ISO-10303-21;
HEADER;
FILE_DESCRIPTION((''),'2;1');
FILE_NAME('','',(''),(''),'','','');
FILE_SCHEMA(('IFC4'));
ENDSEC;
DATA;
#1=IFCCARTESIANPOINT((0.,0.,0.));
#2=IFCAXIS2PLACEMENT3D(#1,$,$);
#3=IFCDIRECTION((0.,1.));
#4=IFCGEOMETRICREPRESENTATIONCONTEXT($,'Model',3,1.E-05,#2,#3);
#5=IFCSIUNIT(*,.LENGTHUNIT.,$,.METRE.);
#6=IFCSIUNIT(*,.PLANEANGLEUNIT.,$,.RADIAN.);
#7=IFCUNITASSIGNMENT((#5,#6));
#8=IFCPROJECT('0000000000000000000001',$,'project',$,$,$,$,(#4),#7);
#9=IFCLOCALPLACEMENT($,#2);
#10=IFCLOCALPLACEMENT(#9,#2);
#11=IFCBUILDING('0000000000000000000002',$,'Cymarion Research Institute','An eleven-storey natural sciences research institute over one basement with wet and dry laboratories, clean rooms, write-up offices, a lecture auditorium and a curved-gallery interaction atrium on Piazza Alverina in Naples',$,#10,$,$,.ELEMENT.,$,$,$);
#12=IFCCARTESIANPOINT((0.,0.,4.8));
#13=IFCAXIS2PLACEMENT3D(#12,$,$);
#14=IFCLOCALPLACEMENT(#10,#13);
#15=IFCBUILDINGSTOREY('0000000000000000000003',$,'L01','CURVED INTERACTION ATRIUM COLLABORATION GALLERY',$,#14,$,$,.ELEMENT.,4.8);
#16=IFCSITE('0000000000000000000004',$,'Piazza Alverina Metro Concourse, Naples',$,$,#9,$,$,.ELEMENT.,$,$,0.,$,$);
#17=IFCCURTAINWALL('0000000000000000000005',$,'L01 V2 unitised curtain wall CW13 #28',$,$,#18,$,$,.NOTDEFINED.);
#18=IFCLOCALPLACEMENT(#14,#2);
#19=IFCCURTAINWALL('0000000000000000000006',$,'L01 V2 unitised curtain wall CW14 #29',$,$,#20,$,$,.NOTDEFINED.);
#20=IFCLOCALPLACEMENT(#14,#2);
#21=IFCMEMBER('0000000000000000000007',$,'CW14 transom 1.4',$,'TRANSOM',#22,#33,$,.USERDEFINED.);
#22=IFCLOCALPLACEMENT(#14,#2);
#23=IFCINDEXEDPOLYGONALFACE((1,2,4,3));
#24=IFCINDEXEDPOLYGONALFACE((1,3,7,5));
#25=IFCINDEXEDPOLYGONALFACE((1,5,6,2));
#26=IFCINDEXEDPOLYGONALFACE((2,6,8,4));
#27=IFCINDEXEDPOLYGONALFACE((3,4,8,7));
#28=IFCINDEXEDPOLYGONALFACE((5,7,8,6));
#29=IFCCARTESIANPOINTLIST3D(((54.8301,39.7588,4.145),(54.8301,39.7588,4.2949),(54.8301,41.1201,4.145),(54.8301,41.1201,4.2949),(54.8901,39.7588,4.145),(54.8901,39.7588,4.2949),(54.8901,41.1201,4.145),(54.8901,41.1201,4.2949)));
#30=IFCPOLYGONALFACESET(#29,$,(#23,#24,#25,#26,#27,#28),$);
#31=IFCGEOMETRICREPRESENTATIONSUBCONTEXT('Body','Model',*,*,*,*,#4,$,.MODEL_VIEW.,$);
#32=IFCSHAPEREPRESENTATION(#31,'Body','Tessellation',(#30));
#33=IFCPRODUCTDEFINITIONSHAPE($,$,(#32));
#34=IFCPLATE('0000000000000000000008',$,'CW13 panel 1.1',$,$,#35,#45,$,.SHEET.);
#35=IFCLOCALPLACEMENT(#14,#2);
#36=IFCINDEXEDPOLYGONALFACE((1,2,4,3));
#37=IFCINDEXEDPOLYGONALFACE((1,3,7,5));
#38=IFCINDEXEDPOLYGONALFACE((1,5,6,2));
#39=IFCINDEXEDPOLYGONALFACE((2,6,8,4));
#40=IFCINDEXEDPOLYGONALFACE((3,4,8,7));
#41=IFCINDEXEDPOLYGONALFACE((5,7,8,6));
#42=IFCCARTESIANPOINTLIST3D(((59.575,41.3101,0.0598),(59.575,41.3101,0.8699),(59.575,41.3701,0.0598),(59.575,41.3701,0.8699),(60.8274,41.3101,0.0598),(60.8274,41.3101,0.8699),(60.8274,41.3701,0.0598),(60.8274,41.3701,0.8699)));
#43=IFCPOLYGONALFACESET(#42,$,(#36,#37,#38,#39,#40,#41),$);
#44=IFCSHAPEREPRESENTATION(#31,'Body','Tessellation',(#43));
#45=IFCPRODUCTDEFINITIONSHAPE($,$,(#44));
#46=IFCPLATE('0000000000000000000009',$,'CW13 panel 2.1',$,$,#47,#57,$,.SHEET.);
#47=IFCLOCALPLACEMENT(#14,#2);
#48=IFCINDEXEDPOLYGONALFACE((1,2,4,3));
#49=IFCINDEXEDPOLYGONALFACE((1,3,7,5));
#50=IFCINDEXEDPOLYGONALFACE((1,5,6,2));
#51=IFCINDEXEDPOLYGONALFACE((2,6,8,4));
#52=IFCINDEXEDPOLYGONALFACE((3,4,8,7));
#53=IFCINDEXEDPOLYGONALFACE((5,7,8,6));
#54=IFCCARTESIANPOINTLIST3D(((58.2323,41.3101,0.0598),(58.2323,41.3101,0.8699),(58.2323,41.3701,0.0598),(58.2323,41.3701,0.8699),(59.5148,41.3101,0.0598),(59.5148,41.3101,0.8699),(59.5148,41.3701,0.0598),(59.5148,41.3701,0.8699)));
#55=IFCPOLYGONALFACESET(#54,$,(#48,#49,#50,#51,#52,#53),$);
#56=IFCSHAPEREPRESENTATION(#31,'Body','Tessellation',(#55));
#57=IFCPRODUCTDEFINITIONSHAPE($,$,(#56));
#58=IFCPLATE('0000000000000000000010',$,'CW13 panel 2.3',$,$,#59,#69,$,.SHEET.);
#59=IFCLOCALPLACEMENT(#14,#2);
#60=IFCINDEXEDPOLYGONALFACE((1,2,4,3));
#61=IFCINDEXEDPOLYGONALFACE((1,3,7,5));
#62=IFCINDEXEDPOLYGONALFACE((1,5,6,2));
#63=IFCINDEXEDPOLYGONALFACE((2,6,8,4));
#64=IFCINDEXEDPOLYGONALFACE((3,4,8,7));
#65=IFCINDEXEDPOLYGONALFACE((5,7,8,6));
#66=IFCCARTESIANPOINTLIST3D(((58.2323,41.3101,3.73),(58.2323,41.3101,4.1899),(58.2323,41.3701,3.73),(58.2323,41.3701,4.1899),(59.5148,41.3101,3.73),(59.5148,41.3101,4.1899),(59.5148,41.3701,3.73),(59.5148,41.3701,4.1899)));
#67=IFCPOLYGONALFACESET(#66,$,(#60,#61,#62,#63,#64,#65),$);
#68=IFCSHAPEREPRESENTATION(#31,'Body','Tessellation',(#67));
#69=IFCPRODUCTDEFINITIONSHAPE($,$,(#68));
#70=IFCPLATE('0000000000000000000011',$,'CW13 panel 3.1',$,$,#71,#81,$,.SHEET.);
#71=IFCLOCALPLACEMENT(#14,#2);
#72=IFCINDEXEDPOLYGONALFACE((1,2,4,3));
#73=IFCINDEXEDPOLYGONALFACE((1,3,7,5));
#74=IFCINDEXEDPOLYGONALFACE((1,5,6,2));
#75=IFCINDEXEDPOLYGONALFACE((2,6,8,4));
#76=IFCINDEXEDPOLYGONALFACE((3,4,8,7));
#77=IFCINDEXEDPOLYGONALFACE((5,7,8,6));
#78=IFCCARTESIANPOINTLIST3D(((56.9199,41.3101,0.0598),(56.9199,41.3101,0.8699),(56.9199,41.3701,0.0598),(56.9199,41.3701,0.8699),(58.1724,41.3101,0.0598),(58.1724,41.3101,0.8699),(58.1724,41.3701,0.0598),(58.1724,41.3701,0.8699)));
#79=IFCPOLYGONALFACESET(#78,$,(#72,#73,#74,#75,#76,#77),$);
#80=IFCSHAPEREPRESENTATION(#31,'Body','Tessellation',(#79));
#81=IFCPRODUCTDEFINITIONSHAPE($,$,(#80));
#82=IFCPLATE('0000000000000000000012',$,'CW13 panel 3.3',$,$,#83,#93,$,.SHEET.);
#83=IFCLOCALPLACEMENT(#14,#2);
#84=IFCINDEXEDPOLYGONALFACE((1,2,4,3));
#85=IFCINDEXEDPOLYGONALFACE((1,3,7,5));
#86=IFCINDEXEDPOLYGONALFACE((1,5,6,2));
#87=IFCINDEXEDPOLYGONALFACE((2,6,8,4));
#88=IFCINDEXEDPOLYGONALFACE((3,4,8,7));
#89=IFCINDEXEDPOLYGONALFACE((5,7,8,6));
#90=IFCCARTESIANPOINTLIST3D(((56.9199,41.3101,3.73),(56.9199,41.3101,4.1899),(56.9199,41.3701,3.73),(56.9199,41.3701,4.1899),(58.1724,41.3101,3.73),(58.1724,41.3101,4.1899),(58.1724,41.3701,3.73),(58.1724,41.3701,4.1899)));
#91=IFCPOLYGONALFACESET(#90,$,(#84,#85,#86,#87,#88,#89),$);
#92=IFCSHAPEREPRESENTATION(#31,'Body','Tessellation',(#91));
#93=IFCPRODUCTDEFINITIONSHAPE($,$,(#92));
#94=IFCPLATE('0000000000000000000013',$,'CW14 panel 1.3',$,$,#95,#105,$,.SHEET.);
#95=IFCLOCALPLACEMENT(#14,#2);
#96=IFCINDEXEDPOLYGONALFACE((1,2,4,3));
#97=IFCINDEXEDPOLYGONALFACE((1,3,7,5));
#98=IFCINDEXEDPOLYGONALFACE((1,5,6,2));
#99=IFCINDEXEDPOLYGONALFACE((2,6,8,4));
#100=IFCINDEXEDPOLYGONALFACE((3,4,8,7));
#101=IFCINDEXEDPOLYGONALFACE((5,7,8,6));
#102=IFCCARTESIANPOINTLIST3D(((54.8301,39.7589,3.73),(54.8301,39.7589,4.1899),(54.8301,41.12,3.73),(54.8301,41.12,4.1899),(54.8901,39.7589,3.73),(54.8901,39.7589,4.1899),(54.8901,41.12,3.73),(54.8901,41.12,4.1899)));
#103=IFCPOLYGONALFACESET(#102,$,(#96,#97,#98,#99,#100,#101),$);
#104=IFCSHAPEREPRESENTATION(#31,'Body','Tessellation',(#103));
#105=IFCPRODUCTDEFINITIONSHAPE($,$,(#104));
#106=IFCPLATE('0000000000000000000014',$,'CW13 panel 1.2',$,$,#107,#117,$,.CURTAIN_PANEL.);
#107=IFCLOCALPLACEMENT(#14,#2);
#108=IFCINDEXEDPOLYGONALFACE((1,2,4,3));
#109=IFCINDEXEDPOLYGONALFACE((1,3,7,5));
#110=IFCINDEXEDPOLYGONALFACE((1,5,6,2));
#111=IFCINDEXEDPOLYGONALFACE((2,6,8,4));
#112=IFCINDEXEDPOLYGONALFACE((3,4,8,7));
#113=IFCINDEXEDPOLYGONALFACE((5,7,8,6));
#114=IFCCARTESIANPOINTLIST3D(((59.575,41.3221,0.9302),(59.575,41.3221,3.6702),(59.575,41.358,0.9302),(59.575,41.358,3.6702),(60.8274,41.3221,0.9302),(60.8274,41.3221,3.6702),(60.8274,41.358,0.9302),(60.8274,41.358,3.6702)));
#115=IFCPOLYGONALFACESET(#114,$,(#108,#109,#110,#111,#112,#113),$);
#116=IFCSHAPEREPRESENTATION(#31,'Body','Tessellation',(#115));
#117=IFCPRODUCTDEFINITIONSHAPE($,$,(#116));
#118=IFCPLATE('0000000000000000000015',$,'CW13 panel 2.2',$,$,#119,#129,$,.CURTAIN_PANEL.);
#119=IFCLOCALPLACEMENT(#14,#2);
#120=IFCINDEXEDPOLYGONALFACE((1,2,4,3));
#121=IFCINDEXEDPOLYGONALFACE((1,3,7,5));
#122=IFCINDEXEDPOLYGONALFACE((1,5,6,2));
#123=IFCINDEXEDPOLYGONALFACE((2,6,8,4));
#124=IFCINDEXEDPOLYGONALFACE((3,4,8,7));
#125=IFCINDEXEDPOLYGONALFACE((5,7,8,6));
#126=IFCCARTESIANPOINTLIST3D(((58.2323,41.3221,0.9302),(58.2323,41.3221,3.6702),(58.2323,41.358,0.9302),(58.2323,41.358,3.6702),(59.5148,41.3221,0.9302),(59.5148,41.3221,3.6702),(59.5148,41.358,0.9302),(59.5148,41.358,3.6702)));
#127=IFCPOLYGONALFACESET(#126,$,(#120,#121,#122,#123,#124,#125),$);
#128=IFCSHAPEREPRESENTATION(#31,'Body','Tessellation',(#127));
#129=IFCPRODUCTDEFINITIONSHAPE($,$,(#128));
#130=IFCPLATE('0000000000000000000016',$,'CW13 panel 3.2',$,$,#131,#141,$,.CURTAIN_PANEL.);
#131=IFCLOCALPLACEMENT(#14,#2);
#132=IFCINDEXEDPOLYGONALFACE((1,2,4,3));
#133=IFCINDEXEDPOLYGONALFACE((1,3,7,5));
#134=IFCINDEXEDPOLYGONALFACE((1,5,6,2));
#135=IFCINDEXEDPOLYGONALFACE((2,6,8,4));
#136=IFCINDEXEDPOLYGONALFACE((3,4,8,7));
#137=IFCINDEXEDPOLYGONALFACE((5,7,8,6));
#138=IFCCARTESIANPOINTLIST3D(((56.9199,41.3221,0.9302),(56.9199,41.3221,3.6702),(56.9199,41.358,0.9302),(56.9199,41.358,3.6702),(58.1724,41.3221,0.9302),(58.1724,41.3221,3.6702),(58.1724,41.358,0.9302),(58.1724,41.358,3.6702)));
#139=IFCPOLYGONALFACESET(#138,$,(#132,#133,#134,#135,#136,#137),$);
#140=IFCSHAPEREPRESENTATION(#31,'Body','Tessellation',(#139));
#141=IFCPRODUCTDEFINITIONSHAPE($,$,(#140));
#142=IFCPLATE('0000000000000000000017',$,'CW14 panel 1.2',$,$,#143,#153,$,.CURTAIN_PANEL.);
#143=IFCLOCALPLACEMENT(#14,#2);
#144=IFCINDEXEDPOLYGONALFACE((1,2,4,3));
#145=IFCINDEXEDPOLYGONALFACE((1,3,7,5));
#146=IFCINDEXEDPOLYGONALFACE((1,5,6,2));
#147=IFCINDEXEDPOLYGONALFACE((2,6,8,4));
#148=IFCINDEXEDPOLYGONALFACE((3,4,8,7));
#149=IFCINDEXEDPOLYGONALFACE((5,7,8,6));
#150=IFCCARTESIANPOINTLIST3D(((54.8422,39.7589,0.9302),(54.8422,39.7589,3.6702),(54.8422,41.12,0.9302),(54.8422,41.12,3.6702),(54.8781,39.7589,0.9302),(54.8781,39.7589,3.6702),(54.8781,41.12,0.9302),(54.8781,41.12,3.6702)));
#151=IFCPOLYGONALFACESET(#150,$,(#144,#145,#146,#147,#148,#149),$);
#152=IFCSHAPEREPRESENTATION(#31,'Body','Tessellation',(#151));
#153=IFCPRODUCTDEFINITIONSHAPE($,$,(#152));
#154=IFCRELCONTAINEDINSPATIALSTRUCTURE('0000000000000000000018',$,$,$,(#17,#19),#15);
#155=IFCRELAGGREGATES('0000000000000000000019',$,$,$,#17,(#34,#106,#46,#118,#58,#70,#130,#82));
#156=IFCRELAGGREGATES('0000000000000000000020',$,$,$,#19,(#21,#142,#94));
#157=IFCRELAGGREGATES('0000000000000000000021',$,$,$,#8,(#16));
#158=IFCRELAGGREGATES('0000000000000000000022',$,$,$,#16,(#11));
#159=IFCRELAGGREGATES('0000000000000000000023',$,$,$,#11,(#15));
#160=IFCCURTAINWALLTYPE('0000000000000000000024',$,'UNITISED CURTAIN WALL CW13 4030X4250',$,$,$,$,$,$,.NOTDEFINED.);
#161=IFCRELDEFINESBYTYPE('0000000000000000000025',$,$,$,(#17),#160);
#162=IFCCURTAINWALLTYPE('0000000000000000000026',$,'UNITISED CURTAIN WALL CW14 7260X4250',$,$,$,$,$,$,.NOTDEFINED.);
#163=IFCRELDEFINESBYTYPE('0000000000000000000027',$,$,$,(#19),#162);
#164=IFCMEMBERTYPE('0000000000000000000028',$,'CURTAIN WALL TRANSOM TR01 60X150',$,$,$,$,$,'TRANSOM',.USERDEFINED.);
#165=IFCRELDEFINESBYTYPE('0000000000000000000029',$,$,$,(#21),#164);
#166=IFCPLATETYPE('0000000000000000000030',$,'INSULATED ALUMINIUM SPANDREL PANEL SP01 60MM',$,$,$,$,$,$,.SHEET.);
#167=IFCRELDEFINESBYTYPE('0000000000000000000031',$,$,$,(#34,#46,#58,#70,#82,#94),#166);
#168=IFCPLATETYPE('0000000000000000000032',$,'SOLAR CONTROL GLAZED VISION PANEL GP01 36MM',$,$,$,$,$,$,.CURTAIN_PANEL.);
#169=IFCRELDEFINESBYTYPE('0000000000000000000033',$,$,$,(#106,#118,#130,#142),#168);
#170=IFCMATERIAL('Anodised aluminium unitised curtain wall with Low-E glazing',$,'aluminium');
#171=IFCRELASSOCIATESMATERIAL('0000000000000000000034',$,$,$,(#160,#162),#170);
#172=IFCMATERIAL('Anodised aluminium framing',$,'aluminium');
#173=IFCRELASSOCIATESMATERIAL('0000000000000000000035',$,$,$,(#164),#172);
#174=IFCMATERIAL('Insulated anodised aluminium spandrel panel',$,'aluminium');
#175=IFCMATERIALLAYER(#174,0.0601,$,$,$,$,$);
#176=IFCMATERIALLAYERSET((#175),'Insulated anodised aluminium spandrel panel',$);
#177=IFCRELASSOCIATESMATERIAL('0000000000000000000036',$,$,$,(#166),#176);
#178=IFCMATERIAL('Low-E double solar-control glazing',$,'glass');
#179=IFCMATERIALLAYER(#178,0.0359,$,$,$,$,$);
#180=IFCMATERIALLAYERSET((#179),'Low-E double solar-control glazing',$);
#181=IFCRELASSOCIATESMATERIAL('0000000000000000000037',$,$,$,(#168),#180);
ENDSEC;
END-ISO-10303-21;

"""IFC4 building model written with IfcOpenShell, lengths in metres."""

from ifc_helpers import new_model, si_unit, direction, frame, origin, origin_2d, place, context, subcontext, project, spatial, rectangle, extrude, material, layer, layer_set, material_profile, profile_set, type_object, element, aggregate, save


model = new_model("IFC4")

# Units and contexts
model_context = context("Model", 3, precision=1e-05, world=origin(), true_north=direction((0.0, 1.0)))
body_context = subcontext(model_context, "Body", "Model", "MODEL_VIEW")
ifc_project = project(units=[si_unit("LENGTHUNIT", "METRE"), si_unit("PLANEANGLEUNIT", "RADIAN")], contexts=[model_context])

# Site, building, storey
site_placement = place(None, origin())
site = spatial("IfcSite", under=ifc_project, at=site_placement, Name="Piazza Alverina Metro Concourse, Naples", CompositionType="ELEMENT", RefElevation=0.0)
building_placement = place(site_placement, origin())
building = spatial("IfcBuilding", under=site, at=building_placement, Name="Cymarion Research Institute", Description="An eleven-storey natural sciences research institute over one basement with wet and dry laboratories, clean rooms, write-up offices, a lecture auditorium and a curved-gallery interaction atrium on Piazza Alverina in Naples", CompositionType="ELEMENT")
storey_placement = place(building_placement, frame((0.0, 0.0, 4.8)))
storey = spatial("IfcBuildingStorey", under=building, at=storey_placement, Name="L01", Description="CURVED INTERACTION ATRIUM COLLABORATION GALLERY", CompositionType="ELEMENT", Elevation=4.8)

# Curtain wall
ifc_material_1 = material(Name="Anodised aluminium unitised curtain wall with Low-E glazing", Category="aluminium")
curtain_wall_type_1 = type_object("IfcCurtainWallType", Name="UNITISED CURTAIN WALL CW13 4030X4250", PredefinedType="NOTDEFINED", material=ifc_material_1)
curtain_wall_1_placement = place(storey_placement, origin())
curtain_wall_1 = element("IfcCurtainWall", 1, at=curtain_wall_1_placement, inside=storey, type_object=curtain_wall_type_1, Name="L01 V2 unitised curtain wall CW13 #28", PredefinedType="NOTDEFINED")
ifc_material_2 = material(Name="Anodised aluminium framing", Category="aluminium")

# Curtain wall
curtain_wall_type_2 = type_object("IfcCurtainWallType", Name="UNITISED CURTAIN WALL CW14 7260X4250", PredefinedType="NOTDEFINED", material=ifc_material_1)
curtain_wall_2_placement = place(storey_placement, origin())
curtain_wall_2 = element("IfcCurtainWall", 2, at=curtain_wall_2_placement, inside=storey, type_object=curtain_wall_type_2, Name="L01 V2 unitised curtain wall CW14 #29", PredefinedType="NOTDEFINED")

# Member
ifc_material_profile_1 = material_profile(ifc_material_2, rectangle(XDim=0.0601, YDim=0.1499, at=origin_2d()), Name="ALU TRANSOM 60x150")
ifc_profile_set_1 = profile_set([ifc_material_profile_1], Name="Anodised aluminium framing")
member_type_1 = type_object("IfcMemberType", Name="CURTAIN WALL TRANSOM TR01 60X150", ElementType="TRANSOM", PredefinedType="USERDEFINED", material=ifc_profile_set_1)
member_1_placement = place(storey_placement, frame((54.8601, 41.1201, 4.22), z_axis=(0.0, -1.0, 0.0), x_axis=(1.0, 0.0, 0.0)))
member_1 = element("IfcMember", 3, at=member_1_placement, type_object=member_type_1, Name="CW14 transom 1.4", ObjectType="TRANSOM", PredefinedType="USERDEFINED", context=body_context, shape_type="SweptSolid", body=[
    extrude(rectangle(XDim=0.0601, YDim=0.1499, at=origin_2d()), origin(), (0.0, 0.0, 1.0), 1.3613),
])

# Plates
ifc_material_3 = material(Name="Insulated anodised aluminium spandrel panel", Category="aluminium")
ifc_layer_1 = layer(ifc_material_3, 0.0601)
ifc_layer_set_1 = layer_set([ifc_layer_1], Name="Insulated anodised aluminium spandrel panel")
plate_type_1 = type_object("IfcPlateType", Name="INSULATED ALUMINIUM SPANDREL PANEL SP01 60MM", PredefinedType="SHEET", material=ifc_layer_set_1)
plate_1_placement = place(storey_placement, frame((60.2012, 41.3401, 0.0598), z_axis=(0.0, 0.0, 1.0), x_axis=(-1.0, 0.0, 0.0)))
plate_1 = element("IfcPlate", 4, at=plate_1_placement, type_object=plate_type_1, Name="CW13 panel 1.1", PredefinedType="SHEET", context=body_context, shape_type="SweptSolid", body=[
    extrude(rectangle(XDim=1.2524, YDim=0.0601, at=origin_2d()), origin(), (0.0, 0.0, 1.0), 0.8101),
])
plate_2_placement = place(storey_placement, frame((58.8735, 41.3401, 0.0598), z_axis=(0.0, 0.0, 1.0), x_axis=(-1.0, 0.0, 0.0)))
plate_2 = element("IfcPlate", 5, at=plate_2_placement, type_object=plate_type_1, Name="CW13 panel 2.1", PredefinedType="SHEET", context=body_context, shape_type="SweptSolid", body=[
    extrude(rectangle(XDim=1.2825, YDim=0.0601, at=origin_2d()), origin(), (0.0, 0.0, 1.0), 0.8101),
])
plate_3_placement = place(storey_placement, frame((58.8735, 41.3401, 3.73), z_axis=(0.0, 0.0, 1.0), x_axis=(-1.0, 0.0, 0.0)))
plate_3 = element("IfcPlate", 6, at=plate_3_placement, type_object=plate_type_1, Name="CW13 panel 2.3", PredefinedType="SHEET", context=body_context, shape_type="SweptSolid", body=[
    extrude(rectangle(XDim=1.2825, YDim=0.0601, at=origin_2d()), origin(), (0.0, 0.0, 1.0), 0.46),
])
plate_4_placement = place(storey_placement, frame((57.5461, 41.3401, 0.0598), z_axis=(0.0, 0.0, 1.0), x_axis=(-1.0, 0.0, 0.0)))
plate_4 = element("IfcPlate", 7, at=plate_4_placement, type_object=plate_type_1, Name="CW13 panel 3.1", PredefinedType="SHEET", context=body_context, shape_type="SweptSolid", body=[
    extrude(rectangle(XDim=1.2524, YDim=0.0601, at=origin_2d()), origin(), (0.0, 0.0, 1.0), 0.8101),
])
plate_5_placement = place(storey_placement, frame((57.5461, 41.3401, 3.73), z_axis=(0.0, 0.0, 1.0), x_axis=(-1.0, 0.0, 0.0)))
plate_5 = element("IfcPlate", 8, at=plate_5_placement, type_object=plate_type_1, Name="CW13 panel 3.3", PredefinedType="SHEET", context=body_context, shape_type="SweptSolid", body=[
    extrude(rectangle(XDim=1.2524, YDim=0.0601, at=origin_2d()), origin(), (0.0, 0.0, 1.0), 0.46),
])
plate_6_placement = place(storey_placement, frame((54.8601, 40.4395, 3.73), z_axis=(0.0, 0.0, 1.0), x_axis=(0.0, -1.0, 0.0)))
plate_6 = element("IfcPlate", 9, at=plate_6_placement, type_object=plate_type_1, Name="CW14 panel 1.3", PredefinedType="SHEET", context=body_context, shape_type="SweptSolid", body=[
    extrude(rectangle(XDim=1.3611, YDim=0.0601, at=origin_2d()), origin(), (0.0, 0.0, 1.0), 0.46),
])
ifc_material_4 = material(Name="Low-E double solar-control glazing", Category="glass")
ifc_layer_2 = layer(ifc_material_4, 0.0359)
ifc_layer_set_2 = layer_set([ifc_layer_2], Name="Low-E double solar-control glazing")
plate_type_2 = type_object("IfcPlateType", Name="SOLAR CONTROL GLAZED VISION PANEL GP01 36MM", PredefinedType="CURTAIN_PANEL", material=ifc_layer_set_2)
plate_7_placement = place(storey_placement, frame((60.2012, 41.3401, 0.9302), z_axis=(0.0, 0.0, 1.0), x_axis=(-1.0, 0.0, 0.0)))
plate_7 = element("IfcPlate", 10, at=plate_7_placement, type_object=plate_type_2, Name="CW13 panel 1.2", PredefinedType="CURTAIN_PANEL", context=body_context, shape_type="SweptSolid", body=[
    extrude(rectangle(XDim=1.2524, YDim=0.0359, at=origin_2d()), origin(), (0.0, 0.0, 1.0), 2.74),
])
plate_8_placement = place(storey_placement, frame((58.8735, 41.3401, 0.9302), z_axis=(0.0, 0.0, 1.0), x_axis=(-1.0, 0.0, 0.0)))
plate_8 = element("IfcPlate", 11, at=plate_8_placement, type_object=plate_type_2, Name="CW13 panel 2.2", PredefinedType="CURTAIN_PANEL", context=body_context, shape_type="SweptSolid", body=[
    extrude(rectangle(XDim=1.2825, YDim=0.0359, at=origin_2d()), origin(), (0.0, 0.0, 1.0), 2.74),
])
plate_9_placement = place(storey_placement, frame((57.5461, 41.3401, 0.9302), z_axis=(0.0, 0.0, 1.0), x_axis=(-1.0, 0.0, 0.0)))
plate_9 = element("IfcPlate", 12, at=plate_9_placement, type_object=plate_type_2, Name="CW13 panel 3.2", PredefinedType="CURTAIN_PANEL", context=body_context, shape_type="SweptSolid", body=[
    extrude(rectangle(XDim=1.2524, YDim=0.0359, at=origin_2d()), origin(), (0.0, 0.0, 1.0), 2.74),
])
aggregate(curtain_wall_1, [plate_1, plate_7, plate_2, plate_8, plate_3, plate_4, plate_9, plate_5])
plate_10_placement = place(storey_placement, frame((54.8601, 40.4395, 0.9302), z_axis=(0.0, 0.0, 1.0), x_axis=(0.0, -1.0, 0.0)))
plate_10 = element("IfcPlate", 13, at=plate_10_placement, type_object=plate_type_2, Name="CW14 panel 1.2", PredefinedType="CURTAIN_PANEL", context=body_context, shape_type="SweptSolid", body=[
    extrude(rectangle(XDim=1.3611, YDim=0.0359, at=origin_2d()), origin(), (0.0, 0.0, 1.0), 2.74),
])
aggregate(curtain_wall_2, [member_1, plate_10, plate_6])

save(model, "model.ifc")
